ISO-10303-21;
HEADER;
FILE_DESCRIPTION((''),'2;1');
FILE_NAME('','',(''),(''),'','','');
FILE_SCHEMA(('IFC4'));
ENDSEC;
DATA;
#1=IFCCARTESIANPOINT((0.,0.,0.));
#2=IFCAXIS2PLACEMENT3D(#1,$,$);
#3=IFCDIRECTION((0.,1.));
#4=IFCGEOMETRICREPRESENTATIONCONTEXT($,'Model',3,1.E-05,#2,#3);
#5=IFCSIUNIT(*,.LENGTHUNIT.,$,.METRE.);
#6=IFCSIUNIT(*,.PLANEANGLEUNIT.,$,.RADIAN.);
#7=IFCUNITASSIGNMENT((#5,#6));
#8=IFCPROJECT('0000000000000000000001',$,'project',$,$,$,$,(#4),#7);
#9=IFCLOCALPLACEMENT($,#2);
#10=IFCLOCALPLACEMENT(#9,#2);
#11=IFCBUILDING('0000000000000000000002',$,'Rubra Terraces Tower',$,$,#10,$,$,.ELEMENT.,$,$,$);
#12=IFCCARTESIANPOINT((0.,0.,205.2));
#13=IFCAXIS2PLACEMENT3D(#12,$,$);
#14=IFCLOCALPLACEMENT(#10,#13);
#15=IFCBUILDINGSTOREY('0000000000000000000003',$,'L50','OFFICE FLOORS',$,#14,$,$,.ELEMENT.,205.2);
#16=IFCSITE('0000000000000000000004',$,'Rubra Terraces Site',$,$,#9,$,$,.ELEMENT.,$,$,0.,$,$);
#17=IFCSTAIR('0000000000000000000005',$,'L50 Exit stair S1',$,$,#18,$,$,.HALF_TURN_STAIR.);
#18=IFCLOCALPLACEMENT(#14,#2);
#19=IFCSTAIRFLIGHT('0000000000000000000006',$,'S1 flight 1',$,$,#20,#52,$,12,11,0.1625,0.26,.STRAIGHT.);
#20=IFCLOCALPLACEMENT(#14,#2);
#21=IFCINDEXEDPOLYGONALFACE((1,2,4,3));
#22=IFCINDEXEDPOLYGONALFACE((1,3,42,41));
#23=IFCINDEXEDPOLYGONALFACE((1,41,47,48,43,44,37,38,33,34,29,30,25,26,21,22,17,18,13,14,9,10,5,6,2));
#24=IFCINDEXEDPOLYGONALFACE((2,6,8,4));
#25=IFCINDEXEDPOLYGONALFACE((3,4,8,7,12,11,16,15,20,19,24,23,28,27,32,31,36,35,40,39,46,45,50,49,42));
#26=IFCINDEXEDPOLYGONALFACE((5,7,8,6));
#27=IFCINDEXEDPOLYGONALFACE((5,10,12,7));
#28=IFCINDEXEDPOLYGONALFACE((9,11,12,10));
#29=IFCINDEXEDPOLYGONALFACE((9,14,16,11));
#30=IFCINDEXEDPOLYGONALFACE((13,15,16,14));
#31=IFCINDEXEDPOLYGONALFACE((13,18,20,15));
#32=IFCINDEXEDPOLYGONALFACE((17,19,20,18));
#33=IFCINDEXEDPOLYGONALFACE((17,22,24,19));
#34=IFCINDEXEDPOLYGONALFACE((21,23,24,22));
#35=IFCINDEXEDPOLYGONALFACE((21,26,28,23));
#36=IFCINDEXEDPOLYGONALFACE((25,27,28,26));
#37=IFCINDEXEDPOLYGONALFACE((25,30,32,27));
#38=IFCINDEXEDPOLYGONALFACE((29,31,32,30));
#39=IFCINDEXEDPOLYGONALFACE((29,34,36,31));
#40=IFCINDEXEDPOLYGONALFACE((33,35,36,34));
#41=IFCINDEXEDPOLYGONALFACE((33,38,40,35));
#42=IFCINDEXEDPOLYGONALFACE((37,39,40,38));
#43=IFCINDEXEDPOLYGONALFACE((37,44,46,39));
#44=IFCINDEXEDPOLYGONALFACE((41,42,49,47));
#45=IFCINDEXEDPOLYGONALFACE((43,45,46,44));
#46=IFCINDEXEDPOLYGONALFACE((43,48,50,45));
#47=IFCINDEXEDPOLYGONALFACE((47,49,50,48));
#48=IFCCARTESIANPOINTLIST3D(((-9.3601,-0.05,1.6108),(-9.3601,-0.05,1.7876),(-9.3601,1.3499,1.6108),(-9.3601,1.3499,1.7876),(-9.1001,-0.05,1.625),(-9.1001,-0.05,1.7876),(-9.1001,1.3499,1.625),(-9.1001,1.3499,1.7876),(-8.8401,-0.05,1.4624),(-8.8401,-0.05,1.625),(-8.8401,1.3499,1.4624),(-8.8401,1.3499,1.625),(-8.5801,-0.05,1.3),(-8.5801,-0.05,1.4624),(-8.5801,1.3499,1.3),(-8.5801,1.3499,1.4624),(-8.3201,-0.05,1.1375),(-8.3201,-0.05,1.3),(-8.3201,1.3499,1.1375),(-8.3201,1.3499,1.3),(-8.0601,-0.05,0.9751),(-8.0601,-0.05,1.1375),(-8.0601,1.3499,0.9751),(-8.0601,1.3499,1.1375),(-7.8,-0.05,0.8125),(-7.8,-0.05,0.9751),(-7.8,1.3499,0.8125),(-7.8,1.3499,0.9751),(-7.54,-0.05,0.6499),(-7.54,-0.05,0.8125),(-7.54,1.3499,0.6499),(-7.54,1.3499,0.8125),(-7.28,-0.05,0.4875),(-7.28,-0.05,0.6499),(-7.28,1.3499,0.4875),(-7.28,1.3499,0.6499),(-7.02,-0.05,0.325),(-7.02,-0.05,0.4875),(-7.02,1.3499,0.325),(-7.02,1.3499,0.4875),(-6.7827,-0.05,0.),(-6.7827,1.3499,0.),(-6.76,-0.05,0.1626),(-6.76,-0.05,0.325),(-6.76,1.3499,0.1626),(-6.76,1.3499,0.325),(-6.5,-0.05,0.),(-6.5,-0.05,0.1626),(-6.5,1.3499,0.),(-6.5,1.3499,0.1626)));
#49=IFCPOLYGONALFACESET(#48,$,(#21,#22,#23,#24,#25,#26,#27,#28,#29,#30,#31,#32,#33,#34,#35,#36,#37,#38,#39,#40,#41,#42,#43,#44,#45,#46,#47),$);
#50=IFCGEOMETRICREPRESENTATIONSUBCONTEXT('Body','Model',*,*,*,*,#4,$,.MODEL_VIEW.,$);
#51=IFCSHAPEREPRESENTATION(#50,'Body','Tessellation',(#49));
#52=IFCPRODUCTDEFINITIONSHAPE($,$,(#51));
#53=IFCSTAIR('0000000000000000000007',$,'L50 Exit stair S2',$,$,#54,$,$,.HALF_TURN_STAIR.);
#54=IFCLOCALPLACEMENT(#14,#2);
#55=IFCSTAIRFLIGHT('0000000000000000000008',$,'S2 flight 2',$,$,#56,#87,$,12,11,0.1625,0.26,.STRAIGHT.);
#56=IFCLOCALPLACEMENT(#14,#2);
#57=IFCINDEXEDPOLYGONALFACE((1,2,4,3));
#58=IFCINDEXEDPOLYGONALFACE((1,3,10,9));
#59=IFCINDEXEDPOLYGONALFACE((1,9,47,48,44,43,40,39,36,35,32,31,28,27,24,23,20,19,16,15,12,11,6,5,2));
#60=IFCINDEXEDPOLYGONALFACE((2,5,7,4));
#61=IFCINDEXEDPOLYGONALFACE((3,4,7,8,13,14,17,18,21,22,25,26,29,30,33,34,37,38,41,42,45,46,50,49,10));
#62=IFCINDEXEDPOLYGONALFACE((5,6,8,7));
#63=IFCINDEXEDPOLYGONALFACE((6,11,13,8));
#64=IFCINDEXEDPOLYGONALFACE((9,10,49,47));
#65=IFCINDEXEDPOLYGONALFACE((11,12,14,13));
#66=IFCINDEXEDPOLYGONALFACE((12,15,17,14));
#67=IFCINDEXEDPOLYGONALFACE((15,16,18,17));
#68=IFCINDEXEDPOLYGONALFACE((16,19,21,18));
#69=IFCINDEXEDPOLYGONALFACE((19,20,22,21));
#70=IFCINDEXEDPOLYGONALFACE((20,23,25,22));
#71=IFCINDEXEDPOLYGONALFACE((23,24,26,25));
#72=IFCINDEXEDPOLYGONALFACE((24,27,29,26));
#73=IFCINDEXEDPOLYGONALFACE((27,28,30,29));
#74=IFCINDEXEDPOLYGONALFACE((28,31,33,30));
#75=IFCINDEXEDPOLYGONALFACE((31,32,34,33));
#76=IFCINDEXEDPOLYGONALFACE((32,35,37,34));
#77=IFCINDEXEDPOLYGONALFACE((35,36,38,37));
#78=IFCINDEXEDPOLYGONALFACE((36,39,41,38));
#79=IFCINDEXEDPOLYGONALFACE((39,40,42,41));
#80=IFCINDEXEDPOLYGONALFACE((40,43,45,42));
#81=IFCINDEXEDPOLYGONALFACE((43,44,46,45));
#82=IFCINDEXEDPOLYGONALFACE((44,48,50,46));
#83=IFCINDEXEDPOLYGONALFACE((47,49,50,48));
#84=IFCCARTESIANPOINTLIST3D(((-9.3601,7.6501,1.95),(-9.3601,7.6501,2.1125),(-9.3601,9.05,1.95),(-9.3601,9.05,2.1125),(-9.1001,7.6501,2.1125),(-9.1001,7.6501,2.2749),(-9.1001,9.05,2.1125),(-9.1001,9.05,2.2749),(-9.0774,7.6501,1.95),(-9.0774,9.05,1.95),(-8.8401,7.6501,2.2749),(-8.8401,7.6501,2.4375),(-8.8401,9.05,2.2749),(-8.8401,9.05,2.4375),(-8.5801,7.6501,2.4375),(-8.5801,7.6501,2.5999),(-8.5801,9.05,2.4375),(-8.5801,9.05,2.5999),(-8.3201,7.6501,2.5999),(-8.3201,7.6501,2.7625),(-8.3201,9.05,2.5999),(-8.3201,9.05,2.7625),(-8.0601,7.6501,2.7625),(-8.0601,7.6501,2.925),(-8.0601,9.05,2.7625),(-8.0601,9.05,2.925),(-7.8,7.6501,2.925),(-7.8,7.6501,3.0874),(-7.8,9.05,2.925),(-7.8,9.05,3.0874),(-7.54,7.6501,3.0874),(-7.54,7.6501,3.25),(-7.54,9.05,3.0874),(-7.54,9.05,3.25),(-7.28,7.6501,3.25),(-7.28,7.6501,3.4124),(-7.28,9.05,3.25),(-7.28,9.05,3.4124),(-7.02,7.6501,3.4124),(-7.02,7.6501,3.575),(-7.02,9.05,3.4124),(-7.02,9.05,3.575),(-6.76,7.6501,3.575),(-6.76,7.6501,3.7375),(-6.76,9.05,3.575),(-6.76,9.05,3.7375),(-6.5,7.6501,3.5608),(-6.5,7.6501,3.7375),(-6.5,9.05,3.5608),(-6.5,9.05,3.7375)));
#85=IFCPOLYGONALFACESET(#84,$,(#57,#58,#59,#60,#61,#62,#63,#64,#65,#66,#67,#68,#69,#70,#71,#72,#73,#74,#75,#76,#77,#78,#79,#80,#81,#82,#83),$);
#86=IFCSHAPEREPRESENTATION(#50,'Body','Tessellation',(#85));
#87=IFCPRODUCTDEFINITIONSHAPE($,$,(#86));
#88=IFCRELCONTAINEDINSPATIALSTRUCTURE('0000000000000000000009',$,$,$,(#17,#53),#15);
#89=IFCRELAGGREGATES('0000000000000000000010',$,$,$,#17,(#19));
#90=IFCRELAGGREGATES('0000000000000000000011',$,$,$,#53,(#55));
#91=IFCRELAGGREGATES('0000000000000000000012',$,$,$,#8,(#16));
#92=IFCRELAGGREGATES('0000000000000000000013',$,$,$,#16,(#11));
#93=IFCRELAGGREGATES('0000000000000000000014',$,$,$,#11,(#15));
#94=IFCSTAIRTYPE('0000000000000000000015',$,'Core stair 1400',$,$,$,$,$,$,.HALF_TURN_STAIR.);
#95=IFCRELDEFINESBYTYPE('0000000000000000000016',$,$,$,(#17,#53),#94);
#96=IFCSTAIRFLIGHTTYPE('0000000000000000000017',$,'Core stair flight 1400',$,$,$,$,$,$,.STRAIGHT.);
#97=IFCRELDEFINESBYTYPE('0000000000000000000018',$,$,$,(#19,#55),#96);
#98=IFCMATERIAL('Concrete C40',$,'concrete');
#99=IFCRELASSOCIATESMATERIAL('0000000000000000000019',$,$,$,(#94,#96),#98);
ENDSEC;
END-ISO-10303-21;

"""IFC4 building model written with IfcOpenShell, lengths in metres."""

from ifc_helpers import new_model, si_unit, direction, frame, origin, place, context, subcontext, project, spatial, polyline, outline, extrude, material, type_object, element, aggregate, save


model = new_model("IFC4")

# Units and contexts
model_context = context("Model", 3, precision=1e-05, world=origin(), true_north=direction((0.0, 1.0)))
body_context = subcontext(model_context, "Body", "Model", "MODEL_VIEW")
ifc_project = project(units=[si_unit("LENGTHUNIT", "METRE"), si_unit("PLANEANGLEUNIT", "RADIAN")], contexts=[model_context])

# Site, building, storey
site_placement = place(None, origin())
site = spatial("IfcSite", under=ifc_project, at=site_placement, Name="Rubra Terraces Site", CompositionType="ELEMENT", RefElevation=0.0)
building_placement = place(site_placement, origin())
building = spatial("IfcBuilding", under=site, at=building_placement, Name="Rubra Terraces Tower", CompositionType="ELEMENT")
storey_placement = place(building_placement, frame((0.0, 0.0, 205.2)))
storey = spatial("IfcBuildingStorey", under=building, at=storey_placement, Name="L50", Description="OFFICE FLOORS", CompositionType="ELEMENT", Elevation=205.2)

# Shared definitions
ifc_material_1 = material(Name="Concrete C40", Category="concrete")

# Stairs, stair flights
stair_type = type_object("IfcStairType", Name="Core stair 1400", PredefinedType="HALF_TURN_STAIR", material=ifc_material_1)
stair_1_placement = place(storey_placement, origin())
stair_1 = element("IfcStair", 1, at=stair_1_placement, inside=storey, type_object=stair_type, Name="L50 Exit stair S1", PredefinedType="HALF_TURN_STAIR")
stair_flight_type = type_object("IfcStairFlightType", Name="Core stair flight 1400", PredefinedType="STRAIGHT", material=ifc_material_1)
stair_flight_1_placement = place(storey_placement, frame((-6.5, 0.6499, 0.0), z_axis=(0.0, 0.0, 1.0), x_axis=(-1.0, 0.0, 0.0)))
stair_flight_1 = element("IfcStairFlight", 2, at=stair_flight_1_placement, type_object=stair_flight_type, Name="S1 flight 1", NumberOfRisers=12, NumberOfTreads=11, PredefinedType="STRAIGHT", RiserHeight=0.1625, TreadLength=0.26, context=body_context, shape_type="SweptSolid", body=[
    extrude(outline(polyline([(0.0, 0.0), (0.0, 0.1626), (0.26, 0.1626), (0.26, 0.325), (0.52, 0.325), (0.52, 0.4875), (0.78, 0.4875), (0.78, 0.6499), (1.04, 0.6499), (1.04, 0.8125), (1.3, 0.8125), (1.3, 0.9751), (1.5601, 0.9751), (1.5601, 1.1375), (1.8201, 1.1375), (1.8201, 1.3), (2.0801, 1.3), (2.0801, 1.4624), (2.3401, 1.4624), (2.3401, 1.625), (2.6001, 1.625), (2.6001, 1.7876), (2.8601, 1.7876), (2.8601, 1.95), (2.8601, 1.6108), (0.2827, 0.0), (0.0, 0.0)])), frame((0.0, 0.7, 0.0), z_axis=(0.0, -1.0, 0.0), x_axis=(1.0, 0.0, 0.0)), (0.0, 0.0, 1.0), 1.3999),
])
aggregate(stair_1, [stair_flight_1])
stair_2_placement = place(storey_placement, origin())
stair_2 = element("IfcStair", 3, at=stair_2_placement, inside=storey, type_object=stair_type, Name="L50 Exit stair S2", PredefinedType="HALF_TURN_STAIR")
stair_flight_2_placement = place(storey_placement, frame((-9.3601, 8.3501, 1.95), z_axis=(0.0, 0.0, 1.0), x_axis=(1.0, 0.0, 0.0)))
stair_flight_2 = element("IfcStairFlight", 4, at=stair_flight_2_placement, type_object=stair_flight_type, Name="S2 flight 2", NumberOfRisers=12, NumberOfTreads=11, PredefinedType="STRAIGHT", RiserHeight=0.1625, TreadLength=0.26, context=body_context, shape_type="SweptSolid", body=[
    extrude(outline(polyline([(0.0, 0.0), (0.0, 0.1626), (0.26, 0.1626), (0.26, 0.325), (0.52, 0.325), (0.52, 0.4875), (0.78, 0.4875), (0.78, 0.6499), (1.04, 0.6499), (1.04, 0.8125), (1.3, 0.8125), (1.3, 0.9751), (1.5601, 0.9751), (1.5601, 1.1375), (1.8201, 1.1375), (1.8201, 1.3), (2.0801, 1.3), (2.0801, 1.4624), (2.3401, 1.4624), (2.3401, 1.625), (2.6001, 1.625), (2.6001, 1.7876), (2.8601, 1.7876), (2.8601, 1.95), (2.8601, 1.6108), (0.2827, 0.0), (0.0, 0.0)])), frame((0.0, 0.7, 0.0), z_axis=(0.0, -1.0, 0.0), x_axis=(1.0, 0.0, 0.0)), (0.0, 0.0, 1.0), 1.3999),
])
aggregate(stair_2, [stair_flight_2])

save(model, "model.ifc")
